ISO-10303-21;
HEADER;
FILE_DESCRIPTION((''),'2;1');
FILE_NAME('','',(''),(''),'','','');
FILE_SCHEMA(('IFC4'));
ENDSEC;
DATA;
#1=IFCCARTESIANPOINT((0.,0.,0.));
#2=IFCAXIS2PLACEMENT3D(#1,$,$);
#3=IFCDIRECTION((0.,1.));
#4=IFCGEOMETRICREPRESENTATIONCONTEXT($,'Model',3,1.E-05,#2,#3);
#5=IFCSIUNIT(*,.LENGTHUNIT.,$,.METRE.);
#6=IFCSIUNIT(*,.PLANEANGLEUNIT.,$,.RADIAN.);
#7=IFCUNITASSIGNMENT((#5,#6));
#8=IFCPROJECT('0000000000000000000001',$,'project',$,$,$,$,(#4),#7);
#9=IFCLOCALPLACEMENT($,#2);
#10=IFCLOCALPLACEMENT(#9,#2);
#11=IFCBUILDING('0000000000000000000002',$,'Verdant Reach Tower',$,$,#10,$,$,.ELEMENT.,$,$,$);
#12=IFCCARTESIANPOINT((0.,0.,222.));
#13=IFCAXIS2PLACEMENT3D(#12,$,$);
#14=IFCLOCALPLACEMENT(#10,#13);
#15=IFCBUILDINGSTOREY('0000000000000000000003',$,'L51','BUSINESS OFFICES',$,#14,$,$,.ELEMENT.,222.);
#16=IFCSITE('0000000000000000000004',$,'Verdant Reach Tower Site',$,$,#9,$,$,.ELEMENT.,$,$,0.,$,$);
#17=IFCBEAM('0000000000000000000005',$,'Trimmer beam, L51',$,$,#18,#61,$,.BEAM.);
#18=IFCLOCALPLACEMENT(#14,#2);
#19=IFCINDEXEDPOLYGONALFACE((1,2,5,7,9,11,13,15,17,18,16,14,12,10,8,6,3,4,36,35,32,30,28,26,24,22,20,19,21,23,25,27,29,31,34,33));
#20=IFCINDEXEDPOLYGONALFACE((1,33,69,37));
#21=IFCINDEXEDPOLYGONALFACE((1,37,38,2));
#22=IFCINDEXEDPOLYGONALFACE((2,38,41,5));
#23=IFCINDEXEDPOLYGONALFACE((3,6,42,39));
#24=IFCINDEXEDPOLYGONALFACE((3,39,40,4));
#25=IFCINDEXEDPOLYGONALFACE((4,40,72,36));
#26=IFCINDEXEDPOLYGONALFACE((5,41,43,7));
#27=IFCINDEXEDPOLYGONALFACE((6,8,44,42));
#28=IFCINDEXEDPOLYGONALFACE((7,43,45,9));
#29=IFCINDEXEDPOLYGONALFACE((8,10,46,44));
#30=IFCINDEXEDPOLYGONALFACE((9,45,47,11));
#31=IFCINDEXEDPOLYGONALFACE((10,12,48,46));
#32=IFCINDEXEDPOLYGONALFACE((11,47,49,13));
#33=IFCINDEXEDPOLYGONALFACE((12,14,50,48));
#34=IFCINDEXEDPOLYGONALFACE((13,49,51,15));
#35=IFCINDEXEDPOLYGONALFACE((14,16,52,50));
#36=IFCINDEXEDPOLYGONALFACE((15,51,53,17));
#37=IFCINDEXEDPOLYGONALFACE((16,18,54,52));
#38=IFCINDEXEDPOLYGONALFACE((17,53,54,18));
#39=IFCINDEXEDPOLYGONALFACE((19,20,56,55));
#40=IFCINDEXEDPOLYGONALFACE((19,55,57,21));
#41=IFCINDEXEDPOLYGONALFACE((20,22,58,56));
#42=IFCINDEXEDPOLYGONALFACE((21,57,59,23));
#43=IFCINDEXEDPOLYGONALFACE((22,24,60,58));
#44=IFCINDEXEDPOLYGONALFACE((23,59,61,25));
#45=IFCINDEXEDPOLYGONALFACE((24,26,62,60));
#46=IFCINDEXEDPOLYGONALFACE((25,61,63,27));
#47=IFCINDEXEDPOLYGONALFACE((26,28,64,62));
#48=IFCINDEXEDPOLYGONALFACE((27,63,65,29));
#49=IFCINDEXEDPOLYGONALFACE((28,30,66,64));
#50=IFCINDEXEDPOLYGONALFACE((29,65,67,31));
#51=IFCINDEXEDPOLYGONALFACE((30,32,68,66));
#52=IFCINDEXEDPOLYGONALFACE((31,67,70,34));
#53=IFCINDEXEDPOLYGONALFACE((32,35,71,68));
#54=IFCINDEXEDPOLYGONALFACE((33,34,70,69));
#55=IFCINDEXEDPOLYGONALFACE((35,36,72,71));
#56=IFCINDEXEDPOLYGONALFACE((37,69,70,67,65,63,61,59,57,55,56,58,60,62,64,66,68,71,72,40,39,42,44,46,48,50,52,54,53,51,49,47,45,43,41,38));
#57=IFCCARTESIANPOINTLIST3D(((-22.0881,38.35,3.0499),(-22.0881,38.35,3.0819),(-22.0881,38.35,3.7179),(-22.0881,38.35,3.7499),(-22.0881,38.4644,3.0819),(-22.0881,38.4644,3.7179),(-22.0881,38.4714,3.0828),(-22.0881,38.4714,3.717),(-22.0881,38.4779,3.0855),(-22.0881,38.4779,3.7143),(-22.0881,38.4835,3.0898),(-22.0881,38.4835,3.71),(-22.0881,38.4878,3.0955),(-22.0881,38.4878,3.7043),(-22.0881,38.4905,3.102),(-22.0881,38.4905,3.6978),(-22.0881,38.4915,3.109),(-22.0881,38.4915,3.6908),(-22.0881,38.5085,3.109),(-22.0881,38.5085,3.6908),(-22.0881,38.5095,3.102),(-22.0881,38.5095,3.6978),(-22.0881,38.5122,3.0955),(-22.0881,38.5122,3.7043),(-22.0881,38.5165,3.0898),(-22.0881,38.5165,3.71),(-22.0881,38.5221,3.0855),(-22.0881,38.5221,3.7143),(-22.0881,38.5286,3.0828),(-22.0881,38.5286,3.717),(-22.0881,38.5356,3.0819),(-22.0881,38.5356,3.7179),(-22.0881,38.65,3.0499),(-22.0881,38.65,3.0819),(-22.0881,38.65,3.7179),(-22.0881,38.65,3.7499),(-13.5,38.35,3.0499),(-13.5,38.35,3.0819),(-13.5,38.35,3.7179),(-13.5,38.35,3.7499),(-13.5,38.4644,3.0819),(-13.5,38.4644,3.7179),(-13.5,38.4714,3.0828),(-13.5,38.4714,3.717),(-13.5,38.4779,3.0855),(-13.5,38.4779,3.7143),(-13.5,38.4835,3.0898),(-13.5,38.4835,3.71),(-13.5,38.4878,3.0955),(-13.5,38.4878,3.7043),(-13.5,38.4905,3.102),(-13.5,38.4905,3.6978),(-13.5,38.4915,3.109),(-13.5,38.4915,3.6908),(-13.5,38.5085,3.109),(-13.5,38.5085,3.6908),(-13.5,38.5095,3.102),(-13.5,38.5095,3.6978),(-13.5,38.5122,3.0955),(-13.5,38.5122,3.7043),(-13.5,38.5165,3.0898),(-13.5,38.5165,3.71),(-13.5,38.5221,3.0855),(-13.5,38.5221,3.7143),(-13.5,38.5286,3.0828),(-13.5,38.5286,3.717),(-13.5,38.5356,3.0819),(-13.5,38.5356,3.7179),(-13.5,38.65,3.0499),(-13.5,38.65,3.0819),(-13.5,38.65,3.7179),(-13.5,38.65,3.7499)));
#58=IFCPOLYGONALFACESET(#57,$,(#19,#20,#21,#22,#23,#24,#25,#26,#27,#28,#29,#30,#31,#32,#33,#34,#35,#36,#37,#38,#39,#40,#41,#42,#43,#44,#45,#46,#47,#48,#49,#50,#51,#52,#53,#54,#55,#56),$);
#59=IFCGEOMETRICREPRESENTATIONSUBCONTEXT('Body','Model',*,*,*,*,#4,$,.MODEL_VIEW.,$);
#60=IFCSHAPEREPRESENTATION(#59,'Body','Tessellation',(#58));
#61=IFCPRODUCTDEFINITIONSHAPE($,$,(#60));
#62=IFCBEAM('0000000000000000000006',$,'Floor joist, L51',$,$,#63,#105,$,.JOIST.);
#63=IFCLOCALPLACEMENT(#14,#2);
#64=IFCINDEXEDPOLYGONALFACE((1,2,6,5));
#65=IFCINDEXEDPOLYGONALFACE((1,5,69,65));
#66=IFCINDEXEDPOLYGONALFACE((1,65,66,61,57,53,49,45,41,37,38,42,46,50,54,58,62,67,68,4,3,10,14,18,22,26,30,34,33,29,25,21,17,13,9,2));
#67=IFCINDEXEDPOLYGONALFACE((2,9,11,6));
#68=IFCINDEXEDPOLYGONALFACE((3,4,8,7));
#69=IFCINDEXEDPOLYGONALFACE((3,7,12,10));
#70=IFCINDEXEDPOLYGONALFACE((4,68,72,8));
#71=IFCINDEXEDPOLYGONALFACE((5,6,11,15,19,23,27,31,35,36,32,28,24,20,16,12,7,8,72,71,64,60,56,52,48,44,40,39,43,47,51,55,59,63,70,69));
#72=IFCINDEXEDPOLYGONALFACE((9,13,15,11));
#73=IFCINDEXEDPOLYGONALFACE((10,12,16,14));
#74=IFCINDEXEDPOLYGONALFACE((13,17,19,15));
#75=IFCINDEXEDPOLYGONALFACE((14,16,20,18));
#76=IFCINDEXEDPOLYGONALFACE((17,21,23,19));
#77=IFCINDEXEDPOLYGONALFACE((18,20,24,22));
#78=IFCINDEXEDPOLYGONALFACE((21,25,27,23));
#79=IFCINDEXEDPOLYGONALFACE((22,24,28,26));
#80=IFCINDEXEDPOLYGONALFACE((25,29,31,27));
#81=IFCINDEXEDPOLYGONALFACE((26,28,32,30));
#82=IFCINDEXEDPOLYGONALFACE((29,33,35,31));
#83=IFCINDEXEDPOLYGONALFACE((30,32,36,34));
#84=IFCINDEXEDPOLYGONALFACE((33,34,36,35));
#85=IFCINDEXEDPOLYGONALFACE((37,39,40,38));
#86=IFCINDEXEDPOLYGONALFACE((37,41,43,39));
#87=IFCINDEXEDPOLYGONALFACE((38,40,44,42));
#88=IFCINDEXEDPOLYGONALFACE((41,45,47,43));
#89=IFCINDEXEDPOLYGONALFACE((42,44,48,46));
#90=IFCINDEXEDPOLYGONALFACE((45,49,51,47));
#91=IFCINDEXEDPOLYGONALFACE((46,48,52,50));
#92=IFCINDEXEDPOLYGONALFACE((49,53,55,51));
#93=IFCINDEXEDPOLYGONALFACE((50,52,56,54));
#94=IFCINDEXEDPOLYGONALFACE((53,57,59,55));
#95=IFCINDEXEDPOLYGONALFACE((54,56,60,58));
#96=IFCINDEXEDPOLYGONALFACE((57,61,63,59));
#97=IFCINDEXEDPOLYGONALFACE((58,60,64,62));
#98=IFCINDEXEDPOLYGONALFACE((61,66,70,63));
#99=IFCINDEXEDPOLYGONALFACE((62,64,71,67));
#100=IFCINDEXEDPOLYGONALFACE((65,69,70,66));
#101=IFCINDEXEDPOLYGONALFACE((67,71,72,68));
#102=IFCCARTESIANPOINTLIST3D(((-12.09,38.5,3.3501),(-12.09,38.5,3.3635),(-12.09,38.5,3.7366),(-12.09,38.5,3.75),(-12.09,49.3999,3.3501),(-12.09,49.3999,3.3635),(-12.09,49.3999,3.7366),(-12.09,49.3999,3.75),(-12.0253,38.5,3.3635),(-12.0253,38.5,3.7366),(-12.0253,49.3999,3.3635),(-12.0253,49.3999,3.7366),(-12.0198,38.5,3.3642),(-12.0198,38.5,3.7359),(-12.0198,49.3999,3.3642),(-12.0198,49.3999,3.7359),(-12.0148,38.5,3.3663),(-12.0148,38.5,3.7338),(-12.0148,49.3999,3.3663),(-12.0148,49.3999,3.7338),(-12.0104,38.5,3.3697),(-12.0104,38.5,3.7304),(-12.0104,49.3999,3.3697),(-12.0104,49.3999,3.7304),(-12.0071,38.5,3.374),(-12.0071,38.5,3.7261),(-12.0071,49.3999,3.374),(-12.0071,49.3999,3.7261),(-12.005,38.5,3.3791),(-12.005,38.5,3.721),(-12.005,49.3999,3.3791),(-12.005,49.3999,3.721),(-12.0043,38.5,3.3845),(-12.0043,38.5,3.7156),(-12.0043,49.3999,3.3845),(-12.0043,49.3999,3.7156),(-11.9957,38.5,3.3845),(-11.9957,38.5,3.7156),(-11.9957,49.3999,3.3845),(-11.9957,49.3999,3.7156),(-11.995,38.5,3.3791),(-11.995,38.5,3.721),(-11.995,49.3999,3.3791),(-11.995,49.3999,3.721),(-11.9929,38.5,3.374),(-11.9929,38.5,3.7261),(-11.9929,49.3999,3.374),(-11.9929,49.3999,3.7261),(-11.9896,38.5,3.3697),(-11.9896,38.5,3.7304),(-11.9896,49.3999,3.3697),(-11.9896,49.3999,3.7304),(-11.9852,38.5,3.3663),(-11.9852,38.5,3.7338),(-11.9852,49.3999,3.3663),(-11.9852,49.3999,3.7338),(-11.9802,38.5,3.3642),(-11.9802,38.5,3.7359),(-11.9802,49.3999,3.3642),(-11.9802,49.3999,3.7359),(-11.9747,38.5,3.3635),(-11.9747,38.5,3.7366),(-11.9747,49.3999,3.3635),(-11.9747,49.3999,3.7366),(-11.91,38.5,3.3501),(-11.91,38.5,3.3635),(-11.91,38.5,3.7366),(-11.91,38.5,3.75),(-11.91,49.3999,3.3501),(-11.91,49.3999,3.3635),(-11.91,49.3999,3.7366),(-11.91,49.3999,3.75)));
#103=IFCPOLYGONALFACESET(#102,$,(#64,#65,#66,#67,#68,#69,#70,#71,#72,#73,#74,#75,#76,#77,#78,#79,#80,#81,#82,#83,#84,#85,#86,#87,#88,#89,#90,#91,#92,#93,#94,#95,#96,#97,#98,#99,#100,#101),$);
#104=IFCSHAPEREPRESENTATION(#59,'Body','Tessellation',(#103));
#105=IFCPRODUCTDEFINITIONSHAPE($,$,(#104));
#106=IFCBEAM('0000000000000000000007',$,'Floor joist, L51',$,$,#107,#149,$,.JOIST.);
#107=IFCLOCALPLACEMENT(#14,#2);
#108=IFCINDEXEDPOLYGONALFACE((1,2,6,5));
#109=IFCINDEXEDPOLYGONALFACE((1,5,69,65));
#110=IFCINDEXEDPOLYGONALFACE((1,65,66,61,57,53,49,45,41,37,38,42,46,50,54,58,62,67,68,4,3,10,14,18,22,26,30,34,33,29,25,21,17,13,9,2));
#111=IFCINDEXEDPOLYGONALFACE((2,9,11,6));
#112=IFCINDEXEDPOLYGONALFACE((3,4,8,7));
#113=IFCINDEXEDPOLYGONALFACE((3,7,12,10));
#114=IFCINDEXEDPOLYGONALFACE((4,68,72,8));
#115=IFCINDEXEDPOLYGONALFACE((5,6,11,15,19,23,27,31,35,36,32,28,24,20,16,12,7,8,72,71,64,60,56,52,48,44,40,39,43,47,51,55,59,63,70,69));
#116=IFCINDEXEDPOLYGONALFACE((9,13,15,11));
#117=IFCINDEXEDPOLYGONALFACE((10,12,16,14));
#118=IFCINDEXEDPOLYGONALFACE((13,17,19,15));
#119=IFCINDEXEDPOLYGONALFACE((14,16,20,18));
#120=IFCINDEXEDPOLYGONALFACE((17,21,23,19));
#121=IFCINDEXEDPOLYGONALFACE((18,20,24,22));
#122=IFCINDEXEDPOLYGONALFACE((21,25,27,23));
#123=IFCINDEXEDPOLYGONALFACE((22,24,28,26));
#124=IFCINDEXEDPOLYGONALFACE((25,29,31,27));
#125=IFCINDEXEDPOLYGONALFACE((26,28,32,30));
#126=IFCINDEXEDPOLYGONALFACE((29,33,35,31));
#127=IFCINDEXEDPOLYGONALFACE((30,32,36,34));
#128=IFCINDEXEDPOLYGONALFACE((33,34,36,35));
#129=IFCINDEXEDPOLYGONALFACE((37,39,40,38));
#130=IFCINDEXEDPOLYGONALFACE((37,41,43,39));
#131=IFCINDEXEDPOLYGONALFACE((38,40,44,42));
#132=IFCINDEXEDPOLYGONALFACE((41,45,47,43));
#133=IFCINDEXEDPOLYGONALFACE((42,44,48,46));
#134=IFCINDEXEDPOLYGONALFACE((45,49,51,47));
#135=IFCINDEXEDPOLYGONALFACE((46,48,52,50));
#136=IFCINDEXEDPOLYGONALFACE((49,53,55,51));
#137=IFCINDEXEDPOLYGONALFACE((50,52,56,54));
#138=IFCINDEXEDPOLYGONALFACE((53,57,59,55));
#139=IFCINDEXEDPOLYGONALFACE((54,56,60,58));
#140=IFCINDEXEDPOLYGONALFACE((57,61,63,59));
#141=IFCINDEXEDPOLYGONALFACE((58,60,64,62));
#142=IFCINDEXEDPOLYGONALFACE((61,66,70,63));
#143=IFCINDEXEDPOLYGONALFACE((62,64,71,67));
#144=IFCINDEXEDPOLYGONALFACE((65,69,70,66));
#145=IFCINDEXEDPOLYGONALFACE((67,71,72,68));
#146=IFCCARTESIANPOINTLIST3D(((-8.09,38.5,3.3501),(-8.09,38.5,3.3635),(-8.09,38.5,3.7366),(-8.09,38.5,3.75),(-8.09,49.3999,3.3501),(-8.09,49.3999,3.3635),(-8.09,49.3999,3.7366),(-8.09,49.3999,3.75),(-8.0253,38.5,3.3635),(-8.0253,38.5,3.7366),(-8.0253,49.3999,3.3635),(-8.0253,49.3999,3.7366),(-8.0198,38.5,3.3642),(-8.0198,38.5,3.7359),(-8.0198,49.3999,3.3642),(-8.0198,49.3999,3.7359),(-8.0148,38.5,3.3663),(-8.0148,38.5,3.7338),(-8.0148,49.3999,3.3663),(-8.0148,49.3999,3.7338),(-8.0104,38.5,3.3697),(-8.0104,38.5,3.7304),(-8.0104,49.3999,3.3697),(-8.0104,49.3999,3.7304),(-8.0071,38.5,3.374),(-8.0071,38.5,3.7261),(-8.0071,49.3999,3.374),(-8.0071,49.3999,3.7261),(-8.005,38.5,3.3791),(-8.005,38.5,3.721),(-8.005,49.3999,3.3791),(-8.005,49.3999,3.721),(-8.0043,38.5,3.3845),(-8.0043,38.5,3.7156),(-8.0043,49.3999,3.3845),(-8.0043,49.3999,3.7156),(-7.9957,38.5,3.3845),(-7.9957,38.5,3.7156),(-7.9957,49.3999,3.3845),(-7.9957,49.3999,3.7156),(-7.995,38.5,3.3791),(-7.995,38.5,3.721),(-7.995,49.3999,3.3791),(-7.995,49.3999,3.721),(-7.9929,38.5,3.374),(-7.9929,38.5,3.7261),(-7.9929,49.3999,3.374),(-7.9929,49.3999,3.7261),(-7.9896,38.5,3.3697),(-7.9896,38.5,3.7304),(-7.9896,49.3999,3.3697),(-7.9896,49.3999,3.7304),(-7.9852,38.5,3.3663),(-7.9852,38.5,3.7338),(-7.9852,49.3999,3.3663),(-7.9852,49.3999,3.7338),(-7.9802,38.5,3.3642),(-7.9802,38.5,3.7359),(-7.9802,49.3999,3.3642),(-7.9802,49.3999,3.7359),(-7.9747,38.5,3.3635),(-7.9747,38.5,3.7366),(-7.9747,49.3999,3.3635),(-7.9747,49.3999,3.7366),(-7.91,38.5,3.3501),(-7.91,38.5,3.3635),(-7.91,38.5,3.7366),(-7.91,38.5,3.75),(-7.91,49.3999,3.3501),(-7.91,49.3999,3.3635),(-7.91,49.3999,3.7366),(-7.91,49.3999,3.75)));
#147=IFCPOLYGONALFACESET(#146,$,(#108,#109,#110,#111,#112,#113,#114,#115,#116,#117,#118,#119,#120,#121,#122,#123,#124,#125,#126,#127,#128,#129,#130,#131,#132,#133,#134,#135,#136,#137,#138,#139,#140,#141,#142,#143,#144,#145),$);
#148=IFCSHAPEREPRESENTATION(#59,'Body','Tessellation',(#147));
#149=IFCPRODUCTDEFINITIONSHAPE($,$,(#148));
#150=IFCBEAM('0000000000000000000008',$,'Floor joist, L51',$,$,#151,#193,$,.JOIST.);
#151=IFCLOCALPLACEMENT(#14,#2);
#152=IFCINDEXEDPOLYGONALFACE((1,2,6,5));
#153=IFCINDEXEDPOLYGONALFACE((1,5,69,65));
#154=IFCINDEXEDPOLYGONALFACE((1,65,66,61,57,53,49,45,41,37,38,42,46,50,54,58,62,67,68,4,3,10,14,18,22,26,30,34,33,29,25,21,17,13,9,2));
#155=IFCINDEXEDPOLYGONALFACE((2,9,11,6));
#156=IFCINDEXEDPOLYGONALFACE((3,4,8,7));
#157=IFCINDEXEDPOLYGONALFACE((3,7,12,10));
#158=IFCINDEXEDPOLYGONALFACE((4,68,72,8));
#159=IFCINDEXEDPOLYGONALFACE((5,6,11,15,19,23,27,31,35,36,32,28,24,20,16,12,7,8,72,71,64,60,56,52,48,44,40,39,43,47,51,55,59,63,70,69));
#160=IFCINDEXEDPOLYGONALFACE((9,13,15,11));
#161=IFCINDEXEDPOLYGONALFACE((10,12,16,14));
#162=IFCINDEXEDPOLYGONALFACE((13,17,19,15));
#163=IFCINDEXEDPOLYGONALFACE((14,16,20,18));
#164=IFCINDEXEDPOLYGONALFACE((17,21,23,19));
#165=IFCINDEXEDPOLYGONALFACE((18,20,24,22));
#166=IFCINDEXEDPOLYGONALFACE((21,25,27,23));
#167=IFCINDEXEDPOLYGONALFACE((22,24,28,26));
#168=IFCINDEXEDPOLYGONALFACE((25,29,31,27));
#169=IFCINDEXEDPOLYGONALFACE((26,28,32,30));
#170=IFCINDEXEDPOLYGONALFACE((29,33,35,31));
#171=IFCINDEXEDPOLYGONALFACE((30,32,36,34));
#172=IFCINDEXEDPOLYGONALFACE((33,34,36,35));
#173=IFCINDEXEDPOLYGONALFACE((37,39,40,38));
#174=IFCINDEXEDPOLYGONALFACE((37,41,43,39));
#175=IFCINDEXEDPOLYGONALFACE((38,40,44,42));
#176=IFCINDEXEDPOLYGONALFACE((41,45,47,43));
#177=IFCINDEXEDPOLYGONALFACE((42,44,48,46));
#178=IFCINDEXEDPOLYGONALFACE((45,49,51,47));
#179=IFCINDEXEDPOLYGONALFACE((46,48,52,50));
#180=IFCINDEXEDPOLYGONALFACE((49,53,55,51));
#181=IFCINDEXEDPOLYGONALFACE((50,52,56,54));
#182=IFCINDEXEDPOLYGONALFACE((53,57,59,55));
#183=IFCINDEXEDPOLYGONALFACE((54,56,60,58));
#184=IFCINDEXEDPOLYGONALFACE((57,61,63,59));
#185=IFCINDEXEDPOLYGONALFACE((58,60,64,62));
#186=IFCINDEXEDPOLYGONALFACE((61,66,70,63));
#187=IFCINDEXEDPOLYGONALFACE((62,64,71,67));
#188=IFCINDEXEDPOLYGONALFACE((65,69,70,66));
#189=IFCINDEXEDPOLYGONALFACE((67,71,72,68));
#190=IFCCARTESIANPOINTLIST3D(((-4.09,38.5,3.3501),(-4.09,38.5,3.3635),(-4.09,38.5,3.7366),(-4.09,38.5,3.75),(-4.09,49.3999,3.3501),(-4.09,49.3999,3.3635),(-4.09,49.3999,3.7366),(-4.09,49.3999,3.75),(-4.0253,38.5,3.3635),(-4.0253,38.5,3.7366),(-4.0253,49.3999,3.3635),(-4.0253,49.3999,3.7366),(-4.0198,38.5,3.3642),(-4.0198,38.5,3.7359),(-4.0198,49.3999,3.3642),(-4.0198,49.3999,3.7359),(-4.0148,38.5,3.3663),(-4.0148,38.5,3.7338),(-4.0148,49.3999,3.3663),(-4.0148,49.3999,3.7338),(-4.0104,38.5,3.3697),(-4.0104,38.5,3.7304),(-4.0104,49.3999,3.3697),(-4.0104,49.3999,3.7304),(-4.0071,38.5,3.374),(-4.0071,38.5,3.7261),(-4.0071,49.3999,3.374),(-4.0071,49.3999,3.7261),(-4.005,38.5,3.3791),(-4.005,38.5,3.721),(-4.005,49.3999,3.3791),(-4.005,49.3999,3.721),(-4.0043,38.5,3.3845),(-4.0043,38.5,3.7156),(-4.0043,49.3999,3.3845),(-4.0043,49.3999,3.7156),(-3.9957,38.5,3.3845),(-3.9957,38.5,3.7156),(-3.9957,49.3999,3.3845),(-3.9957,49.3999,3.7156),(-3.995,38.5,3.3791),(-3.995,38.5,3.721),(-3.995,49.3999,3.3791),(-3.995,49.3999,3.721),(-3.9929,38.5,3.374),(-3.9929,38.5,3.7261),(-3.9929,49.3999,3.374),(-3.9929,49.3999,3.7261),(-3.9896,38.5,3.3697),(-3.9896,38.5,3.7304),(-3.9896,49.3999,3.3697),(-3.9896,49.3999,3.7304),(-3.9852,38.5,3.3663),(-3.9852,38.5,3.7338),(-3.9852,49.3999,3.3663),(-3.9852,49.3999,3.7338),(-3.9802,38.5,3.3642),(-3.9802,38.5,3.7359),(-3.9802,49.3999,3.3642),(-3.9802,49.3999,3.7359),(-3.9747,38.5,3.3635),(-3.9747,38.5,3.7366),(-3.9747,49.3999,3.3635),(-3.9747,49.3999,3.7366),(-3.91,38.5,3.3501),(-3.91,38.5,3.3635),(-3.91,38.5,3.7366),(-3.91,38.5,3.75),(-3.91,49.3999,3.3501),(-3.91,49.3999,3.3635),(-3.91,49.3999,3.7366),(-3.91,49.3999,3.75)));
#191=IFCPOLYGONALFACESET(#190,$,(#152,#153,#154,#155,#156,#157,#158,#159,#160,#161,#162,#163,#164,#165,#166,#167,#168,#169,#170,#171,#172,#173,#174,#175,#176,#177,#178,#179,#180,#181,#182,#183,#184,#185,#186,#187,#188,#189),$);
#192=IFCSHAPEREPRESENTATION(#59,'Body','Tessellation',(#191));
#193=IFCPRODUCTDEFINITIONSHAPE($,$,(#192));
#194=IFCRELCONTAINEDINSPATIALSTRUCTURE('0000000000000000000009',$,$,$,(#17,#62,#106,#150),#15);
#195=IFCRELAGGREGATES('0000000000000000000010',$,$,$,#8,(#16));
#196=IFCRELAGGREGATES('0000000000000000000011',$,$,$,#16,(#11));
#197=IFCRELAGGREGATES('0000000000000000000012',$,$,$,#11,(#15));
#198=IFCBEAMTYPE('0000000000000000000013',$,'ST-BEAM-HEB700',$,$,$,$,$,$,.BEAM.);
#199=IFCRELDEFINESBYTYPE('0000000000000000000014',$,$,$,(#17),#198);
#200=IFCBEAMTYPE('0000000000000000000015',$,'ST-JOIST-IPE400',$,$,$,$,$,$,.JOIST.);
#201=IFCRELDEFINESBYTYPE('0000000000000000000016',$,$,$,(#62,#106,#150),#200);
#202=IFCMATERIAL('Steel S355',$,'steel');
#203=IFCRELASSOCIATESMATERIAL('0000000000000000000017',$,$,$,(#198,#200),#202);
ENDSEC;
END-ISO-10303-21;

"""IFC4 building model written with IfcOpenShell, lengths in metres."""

from ifc_helpers import new_model, si_unit, direction, frame, origin, origin_2d, place, context, subcontext, project, spatial, i_section, extrude, material, material_profile, profile_set, type_object, element, save


model = new_model("IFC4")

# Units and contexts
model_context = context("Model", 3, precision=1e-05, world=origin(), true_north=direction((0.0, 1.0)))
body_context = subcontext(model_context, "Body", "Model", "MODEL_VIEW")
ifc_project = project(units=[si_unit("LENGTHUNIT", "METRE"), si_unit("PLANEANGLEUNIT", "RADIAN")], contexts=[model_context])

# Site, building, storey
site_placement = place(None, origin())
site = spatial("IfcSite", under=ifc_project, at=site_placement, Name="Verdant Reach Tower Site", CompositionType="ELEMENT", RefElevation=0.0)
building_placement = place(site_placement, origin())
building = spatial("IfcBuilding", under=site, at=building_placement, Name="Verdant Reach Tower", CompositionType="ELEMENT")
storey_placement = place(building_placement, frame((0.0, 0.0, 222.0)))
storey = spatial("IfcBuildingStorey", under=building, at=storey_placement, Name="L51", Description="BUSINESS OFFICES", CompositionType="ELEMENT", Elevation=222.0)

# Beams
ifc_material_1 = material(Name="Steel S355", Category="steel")
ifc_material_profile_1 = material_profile(ifc_material_1, i_section(OverallWidth=0.3, OverallDepth=0.7, WebThickness=0.0171, FlangeThickness=0.032, FilletRadius=0.0271, at=origin_2d()), Name="HEB 700")
ifc_profile_set_1 = profile_set([ifc_material_profile_1], Name="Steel S355")
beam_type_1 = type_object("IfcBeamType", Name="ST-BEAM-HEB700", PredefinedType="BEAM", material=ifc_profile_set_1)
beam_placement = place(storey_placement, frame((-13.5, 38.5, 3.3999), z_axis=(-1.0, 0.0, 0.0), x_axis=(0.0, -1.0, 0.0)))
element("IfcBeam", 1, at=beam_placement, inside=storey, type_object=beam_type_1, Name="Trimmer beam, L51", PredefinedType="BEAM", context=body_context, shape_type="SweptSolid", body=[
    extrude(i_section(OverallWidth=0.3, OverallDepth=0.7, WebThickness=0.0171, FlangeThickness=0.032, FilletRadius=0.0271, at=origin_2d()), origin(), (0.0, 0.0, 1.0), 8.5881),
])
ifc_material_profile_2 = material_profile(ifc_material_1, i_section(OverallWidth=0.1799, OverallDepth=0.3999, WebThickness=0.0085, FlangeThickness=0.0134, FilletRadius=0.021, at=origin_2d()), Name="IPE 400")
ifc_profile_set_2 = profile_set([ifc_material_profile_2], Name="Steel S355")
beam_type_2 = type_object("IfcBeamType", Name="ST-JOIST-IPE400", PredefinedType="JOIST", material=ifc_profile_set_2)
for number, where, z_axis, x_axis, name in (
    (2, (-12.0, 38.5, 3.55), (0.0, 1.0, 0.0), (-1.0, 0.0, 0.0), "Floor joist, L51"),
    (3, (-8.0, 38.5, 3.55), (0.0, 1.0, 0.0), (-1.0, 0.0, 0.0), "Floor joist, L51"),
    (4, (-4.0, 38.5, 3.55), (0.0, 1.0, 0.0), (-1.0, 0.0, 0.0), "Floor joist, L51"),
):
    element("IfcBeam", number, at=place(storey_placement, frame(where, z_axis=z_axis, x_axis=x_axis)), inside=storey, type_object=beam_type_2, Name=name, PredefinedType="JOIST", context=body_context, shape_type="SweptSolid", body=[
        extrude(i_section(OverallWidth=0.1799, OverallDepth=0.3999, WebThickness=0.0085, FlangeThickness=0.0134, FilletRadius=0.021, at=origin_2d()), origin(), (0.0, 0.0, 1.0), 10.8999),
    ])

save(model, "model.ifc")
